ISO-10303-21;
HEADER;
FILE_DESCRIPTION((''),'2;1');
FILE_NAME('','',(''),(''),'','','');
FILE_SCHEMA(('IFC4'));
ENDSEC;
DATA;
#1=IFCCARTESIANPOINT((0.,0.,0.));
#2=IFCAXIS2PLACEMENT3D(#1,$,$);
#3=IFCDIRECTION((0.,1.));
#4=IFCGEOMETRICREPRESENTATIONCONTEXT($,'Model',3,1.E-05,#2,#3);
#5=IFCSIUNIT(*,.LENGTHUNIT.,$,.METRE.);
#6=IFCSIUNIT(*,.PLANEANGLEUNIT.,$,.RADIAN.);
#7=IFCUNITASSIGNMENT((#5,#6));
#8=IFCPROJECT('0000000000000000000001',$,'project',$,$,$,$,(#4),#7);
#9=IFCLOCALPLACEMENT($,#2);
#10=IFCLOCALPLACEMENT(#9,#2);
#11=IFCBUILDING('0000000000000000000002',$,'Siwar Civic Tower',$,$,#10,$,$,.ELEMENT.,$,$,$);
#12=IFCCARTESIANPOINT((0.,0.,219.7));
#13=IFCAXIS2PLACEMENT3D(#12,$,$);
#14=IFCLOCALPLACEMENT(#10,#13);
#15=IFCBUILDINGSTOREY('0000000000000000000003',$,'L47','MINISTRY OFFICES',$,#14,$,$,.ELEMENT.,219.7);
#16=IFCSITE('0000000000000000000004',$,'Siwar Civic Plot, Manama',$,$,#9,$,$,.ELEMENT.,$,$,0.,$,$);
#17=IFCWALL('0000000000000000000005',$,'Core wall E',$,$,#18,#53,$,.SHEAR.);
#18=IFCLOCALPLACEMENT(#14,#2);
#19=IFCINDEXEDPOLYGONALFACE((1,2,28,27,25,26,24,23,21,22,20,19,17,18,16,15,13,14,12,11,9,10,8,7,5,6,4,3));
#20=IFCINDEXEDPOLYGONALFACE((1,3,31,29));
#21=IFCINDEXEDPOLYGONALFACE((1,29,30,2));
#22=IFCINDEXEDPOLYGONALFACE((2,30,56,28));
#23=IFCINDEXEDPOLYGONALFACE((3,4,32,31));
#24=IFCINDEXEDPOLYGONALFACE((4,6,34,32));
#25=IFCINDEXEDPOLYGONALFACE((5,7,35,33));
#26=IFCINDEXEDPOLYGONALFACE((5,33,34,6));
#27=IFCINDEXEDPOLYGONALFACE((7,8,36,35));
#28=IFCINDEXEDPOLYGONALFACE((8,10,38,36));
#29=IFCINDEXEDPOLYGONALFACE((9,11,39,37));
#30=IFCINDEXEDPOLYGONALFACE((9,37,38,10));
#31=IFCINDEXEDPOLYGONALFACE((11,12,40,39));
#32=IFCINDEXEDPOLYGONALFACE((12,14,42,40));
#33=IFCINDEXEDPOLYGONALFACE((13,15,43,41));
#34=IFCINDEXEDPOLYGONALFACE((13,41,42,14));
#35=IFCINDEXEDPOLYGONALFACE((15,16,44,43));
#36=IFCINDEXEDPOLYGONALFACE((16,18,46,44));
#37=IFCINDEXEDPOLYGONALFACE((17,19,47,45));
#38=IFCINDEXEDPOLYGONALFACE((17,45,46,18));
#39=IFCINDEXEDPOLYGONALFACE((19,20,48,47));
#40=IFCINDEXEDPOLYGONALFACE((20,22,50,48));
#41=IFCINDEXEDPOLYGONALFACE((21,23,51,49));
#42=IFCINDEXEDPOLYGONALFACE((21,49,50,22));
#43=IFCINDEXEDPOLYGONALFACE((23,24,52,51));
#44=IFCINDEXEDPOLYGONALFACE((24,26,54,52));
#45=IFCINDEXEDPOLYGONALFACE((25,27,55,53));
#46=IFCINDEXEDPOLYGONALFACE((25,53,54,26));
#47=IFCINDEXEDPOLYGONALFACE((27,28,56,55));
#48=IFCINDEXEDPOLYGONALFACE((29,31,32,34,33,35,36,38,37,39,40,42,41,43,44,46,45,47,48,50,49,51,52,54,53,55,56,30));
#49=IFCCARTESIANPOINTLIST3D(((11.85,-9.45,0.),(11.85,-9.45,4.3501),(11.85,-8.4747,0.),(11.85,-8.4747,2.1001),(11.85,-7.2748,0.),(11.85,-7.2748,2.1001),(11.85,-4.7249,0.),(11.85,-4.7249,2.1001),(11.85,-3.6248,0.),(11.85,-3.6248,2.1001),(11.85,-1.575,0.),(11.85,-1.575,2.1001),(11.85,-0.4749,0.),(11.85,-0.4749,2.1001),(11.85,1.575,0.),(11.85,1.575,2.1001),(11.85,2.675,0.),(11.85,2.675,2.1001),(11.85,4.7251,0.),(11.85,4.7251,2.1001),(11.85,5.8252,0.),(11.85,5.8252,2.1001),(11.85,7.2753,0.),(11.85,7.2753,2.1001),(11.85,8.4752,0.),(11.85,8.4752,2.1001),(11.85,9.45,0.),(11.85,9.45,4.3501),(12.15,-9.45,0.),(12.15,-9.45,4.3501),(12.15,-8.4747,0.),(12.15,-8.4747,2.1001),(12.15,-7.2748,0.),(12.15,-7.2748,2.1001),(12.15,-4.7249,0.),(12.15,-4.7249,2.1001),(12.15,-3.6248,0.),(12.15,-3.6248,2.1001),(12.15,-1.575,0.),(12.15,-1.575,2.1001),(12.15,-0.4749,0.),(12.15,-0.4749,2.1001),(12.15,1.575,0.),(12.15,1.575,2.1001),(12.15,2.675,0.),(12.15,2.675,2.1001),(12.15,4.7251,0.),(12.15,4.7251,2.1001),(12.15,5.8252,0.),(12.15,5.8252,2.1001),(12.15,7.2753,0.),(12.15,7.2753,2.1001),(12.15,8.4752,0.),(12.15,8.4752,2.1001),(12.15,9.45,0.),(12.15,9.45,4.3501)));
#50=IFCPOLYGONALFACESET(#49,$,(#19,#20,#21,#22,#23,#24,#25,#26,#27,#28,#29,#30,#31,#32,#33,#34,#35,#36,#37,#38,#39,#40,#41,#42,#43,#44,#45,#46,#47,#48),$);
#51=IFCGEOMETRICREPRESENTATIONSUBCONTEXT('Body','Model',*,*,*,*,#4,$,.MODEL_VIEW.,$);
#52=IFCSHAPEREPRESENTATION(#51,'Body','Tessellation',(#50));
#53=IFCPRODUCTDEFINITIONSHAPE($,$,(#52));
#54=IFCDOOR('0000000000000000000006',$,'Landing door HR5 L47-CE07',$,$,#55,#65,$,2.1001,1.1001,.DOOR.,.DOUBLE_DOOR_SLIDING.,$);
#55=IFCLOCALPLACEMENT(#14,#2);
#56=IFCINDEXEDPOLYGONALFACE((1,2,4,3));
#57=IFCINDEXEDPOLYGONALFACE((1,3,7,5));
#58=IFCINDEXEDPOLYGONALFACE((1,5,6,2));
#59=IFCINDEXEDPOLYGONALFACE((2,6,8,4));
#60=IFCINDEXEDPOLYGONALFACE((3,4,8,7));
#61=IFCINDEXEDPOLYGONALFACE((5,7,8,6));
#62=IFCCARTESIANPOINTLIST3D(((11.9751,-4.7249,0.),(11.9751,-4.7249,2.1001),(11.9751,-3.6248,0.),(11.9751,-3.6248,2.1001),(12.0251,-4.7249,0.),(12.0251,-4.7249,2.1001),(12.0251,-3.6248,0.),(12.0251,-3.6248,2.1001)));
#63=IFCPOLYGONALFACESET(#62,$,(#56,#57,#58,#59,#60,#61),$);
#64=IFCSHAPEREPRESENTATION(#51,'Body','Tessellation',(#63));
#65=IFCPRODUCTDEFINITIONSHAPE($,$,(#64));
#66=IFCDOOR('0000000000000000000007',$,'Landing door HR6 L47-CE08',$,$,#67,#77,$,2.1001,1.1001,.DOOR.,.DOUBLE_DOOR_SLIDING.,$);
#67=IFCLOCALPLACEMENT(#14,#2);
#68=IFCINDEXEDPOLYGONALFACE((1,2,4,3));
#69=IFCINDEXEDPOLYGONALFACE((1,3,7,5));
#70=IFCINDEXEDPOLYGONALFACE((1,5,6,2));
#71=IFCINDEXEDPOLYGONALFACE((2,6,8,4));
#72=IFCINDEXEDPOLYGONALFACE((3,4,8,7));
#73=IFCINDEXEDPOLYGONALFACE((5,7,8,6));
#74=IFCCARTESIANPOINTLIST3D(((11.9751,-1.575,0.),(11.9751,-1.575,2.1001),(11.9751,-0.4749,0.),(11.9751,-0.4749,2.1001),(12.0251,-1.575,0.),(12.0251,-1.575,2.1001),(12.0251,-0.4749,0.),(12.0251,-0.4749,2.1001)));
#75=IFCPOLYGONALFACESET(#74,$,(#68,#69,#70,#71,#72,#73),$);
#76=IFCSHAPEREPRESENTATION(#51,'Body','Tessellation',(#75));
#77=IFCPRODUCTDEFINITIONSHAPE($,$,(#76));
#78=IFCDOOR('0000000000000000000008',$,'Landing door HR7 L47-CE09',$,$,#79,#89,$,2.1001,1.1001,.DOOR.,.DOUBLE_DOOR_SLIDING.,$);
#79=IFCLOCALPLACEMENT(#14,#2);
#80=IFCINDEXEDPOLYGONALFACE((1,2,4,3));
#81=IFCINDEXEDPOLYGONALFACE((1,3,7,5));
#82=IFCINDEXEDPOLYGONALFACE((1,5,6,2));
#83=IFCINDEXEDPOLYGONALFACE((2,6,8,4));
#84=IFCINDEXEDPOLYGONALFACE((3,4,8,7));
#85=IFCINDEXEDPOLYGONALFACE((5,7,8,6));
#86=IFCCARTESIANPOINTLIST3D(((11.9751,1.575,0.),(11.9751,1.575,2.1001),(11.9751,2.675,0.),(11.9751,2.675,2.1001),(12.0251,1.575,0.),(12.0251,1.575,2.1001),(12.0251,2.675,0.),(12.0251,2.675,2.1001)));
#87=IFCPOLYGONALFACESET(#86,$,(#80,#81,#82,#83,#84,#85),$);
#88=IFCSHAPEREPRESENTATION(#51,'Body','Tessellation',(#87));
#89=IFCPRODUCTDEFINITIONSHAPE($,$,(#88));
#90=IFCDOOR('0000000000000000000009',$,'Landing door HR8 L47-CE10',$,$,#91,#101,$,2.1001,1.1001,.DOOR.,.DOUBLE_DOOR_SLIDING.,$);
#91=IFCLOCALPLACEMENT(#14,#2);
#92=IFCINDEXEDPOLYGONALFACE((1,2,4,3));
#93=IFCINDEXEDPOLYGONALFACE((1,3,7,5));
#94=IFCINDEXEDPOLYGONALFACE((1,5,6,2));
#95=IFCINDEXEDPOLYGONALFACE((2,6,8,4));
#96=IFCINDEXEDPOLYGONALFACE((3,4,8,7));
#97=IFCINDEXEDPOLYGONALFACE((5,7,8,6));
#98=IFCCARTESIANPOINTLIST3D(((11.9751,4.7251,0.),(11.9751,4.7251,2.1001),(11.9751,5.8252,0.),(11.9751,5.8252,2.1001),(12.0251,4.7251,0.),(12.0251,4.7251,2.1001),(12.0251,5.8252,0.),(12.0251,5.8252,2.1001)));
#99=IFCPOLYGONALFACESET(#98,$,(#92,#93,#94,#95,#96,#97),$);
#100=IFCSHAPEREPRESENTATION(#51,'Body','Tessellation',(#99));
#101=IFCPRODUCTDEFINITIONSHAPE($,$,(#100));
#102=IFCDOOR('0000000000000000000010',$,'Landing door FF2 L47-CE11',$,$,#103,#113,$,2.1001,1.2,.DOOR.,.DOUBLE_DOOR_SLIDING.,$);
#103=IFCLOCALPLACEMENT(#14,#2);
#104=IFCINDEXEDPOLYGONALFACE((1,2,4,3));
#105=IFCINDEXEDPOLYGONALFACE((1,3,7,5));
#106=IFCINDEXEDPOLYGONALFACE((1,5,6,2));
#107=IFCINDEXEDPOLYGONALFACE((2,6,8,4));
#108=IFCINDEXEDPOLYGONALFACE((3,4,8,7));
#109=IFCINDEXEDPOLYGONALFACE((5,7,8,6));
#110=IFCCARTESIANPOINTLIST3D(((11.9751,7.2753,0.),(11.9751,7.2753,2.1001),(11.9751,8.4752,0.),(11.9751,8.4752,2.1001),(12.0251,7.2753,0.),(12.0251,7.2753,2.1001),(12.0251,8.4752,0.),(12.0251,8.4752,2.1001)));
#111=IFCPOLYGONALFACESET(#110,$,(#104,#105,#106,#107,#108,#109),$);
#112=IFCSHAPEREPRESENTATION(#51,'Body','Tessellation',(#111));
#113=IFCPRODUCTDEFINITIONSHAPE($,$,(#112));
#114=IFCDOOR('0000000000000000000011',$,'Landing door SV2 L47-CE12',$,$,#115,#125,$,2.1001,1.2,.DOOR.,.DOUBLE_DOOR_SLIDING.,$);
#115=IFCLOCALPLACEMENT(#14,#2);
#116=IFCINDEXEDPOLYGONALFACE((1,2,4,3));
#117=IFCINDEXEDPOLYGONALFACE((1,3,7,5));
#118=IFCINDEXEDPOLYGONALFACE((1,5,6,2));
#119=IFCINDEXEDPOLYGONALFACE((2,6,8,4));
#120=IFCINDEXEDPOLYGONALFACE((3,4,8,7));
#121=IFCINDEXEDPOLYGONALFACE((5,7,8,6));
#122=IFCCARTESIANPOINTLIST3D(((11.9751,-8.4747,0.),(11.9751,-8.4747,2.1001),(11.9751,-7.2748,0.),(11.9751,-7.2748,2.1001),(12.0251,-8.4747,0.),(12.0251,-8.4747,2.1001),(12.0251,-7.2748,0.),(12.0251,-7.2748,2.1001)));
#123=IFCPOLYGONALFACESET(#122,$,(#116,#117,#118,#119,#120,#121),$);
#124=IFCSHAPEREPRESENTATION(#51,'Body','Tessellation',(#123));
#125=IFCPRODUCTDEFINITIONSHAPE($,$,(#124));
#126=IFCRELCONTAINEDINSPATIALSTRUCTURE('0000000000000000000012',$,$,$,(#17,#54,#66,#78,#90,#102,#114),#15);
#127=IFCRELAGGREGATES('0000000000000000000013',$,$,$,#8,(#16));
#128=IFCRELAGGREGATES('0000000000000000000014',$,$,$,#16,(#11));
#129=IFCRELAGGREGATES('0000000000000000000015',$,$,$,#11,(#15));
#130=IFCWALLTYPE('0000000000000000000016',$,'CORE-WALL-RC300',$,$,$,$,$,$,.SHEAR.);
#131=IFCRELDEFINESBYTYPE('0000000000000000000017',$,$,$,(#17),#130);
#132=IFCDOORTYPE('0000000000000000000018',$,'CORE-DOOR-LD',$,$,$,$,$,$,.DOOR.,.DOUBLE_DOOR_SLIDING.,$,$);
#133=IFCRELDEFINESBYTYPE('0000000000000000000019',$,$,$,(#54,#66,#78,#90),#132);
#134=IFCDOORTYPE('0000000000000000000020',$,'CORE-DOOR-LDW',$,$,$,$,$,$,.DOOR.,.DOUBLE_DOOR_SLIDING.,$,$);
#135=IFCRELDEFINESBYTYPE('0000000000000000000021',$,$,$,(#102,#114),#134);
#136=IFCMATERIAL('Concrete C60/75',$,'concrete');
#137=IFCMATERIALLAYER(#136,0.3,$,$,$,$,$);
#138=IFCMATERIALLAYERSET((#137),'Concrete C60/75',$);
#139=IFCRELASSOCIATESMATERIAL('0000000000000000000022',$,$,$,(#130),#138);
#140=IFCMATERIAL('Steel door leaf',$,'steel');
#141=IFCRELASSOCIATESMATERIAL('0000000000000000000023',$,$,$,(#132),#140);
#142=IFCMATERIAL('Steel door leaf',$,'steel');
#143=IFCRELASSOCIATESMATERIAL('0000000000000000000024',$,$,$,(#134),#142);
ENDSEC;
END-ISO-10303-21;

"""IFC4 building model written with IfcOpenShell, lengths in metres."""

from ifc_helpers import new_model, si_unit, direction, frame, frame_2d, origin, place, context, subcontext, project, spatial, rectangle, extrude, material, layer, layer_set, type_object, element, fill, save


model = new_model("IFC4")

# Units and contexts
model_context = context("Model", 3, precision=1e-05, world=origin(), true_north=direction((0.0, 1.0)))
body_context = subcontext(model_context, "Body", "Model", "MODEL_VIEW")
ifc_project = project(units=[si_unit("LENGTHUNIT", "METRE"), si_unit("PLANEANGLEUNIT", "RADIAN")], contexts=[model_context])

# Site, building, storey
site_placement = place(None, origin())
site = spatial("IfcSite", under=ifc_project, at=site_placement, Name="Siwar Civic Plot, Manama", CompositionType="ELEMENT", RefElevation=0.0)
building_placement = place(site_placement, origin())
building = spatial("IfcBuilding", under=site, at=building_placement, Name="Siwar Civic Tower", CompositionType="ELEMENT")
storey_placement = place(building_placement, frame((0.0, 0.0, 219.7)))
storey = spatial("IfcBuildingStorey", under=building, at=storey_placement, Name="L47", Description="MINISTRY OFFICES", CompositionType="ELEMENT", Elevation=219.7)

# Wall, openings, doors
ifc_material_1 = material(Name="Concrete C60/75", Category="concrete")
ifc_layer_1 = layer(ifc_material_1, 0.3)
ifc_layer_set_1 = layer_set([ifc_layer_1], Name="Concrete C60/75")
wall_type_1 = type_object("IfcWallType", Name="CORE-WALL-RC300", PredefinedType="SHEAR", material=ifc_layer_set_1)
wall_1_placement = place(storey_placement, frame((12.0, -9.45, 0.0), z_axis=(0.0, 0.0, 1.0), x_axis=(0.0, 1.0, 0.0)))
wall_1 = element("IfcWall", 1, at=wall_1_placement, inside=storey, type_object=wall_type_1, Name="Core wall E", PredefinedType="SHEAR", context=body_context, shape_type="SweptSolid", body=[
    extrude(rectangle(XDim=18.8999, YDim=0.3, at=frame_2d((9.45, 0.0))), origin(), (0.0, 0.0, 1.0), 4.3501),
])
opening_1_placement = place(wall_1_placement, frame((4.7251, 0.0, 0.0)))
opening_1 = element("IfcOpeningElement", 2, at=opening_1_placement, cuts=wall_1, PredefinedType="OPENING", context=body_context, shape_type="SweptSolid", body=[
    extrude(rectangle(XDim=1.1001, YDim=2.1001, at=frame_2d((0.55, 1.05))), frame((0.0, 0.1602, 0.0), z_axis=(0.0, -1.0, 0.0), x_axis=(1.0, 0.0, 0.0)), (0.0, 0.0, 1.0), 0.3201),
])
opening_2_placement = place(wall_1_placement, frame((7.875, 0.0, 0.0)))
opening_2 = element("IfcOpeningElement", 3, at=opening_2_placement, cuts=wall_1, PredefinedType="OPENING", context=body_context, shape_type="SweptSolid", body=[
    extrude(rectangle(XDim=1.1001, YDim=2.1001, at=frame_2d((0.55, 1.05))), frame((0.0, 0.1602, 0.0), z_axis=(0.0, -1.0, 0.0), x_axis=(1.0, 0.0, 0.0)), (0.0, 0.0, 1.0), 0.3201),
])
opening_3_placement = place(wall_1_placement, frame((11.0249, 0.0, 0.0)))
opening_3 = element("IfcOpeningElement", 4, at=opening_3_placement, cuts=wall_1, PredefinedType="OPENING", context=body_context, shape_type="SweptSolid", body=[
    extrude(rectangle(XDim=1.1001, YDim=2.1001, at=frame_2d((0.55, 1.05))), frame((0.0, 0.1602, 0.0), z_axis=(0.0, -1.0, 0.0), x_axis=(1.0, 0.0, 0.0)), (0.0, 0.0, 1.0), 0.3201),
])
opening_4_placement = place(wall_1_placement, frame((14.175, 0.0, 0.0)))
opening_4 = element("IfcOpeningElement", 5, at=opening_4_placement, cuts=wall_1, PredefinedType="OPENING", context=body_context, shape_type="SweptSolid", body=[
    extrude(rectangle(XDim=1.1001, YDim=2.1001, at=frame_2d((0.55, 1.05))), frame((0.0, 0.1602, 0.0), z_axis=(0.0, -1.0, 0.0), x_axis=(1.0, 0.0, 0.0)), (0.0, 0.0, 1.0), 0.3201),
])
opening_5_placement = place(wall_1_placement, frame((16.7251, 0.0, 0.0)))
opening_5 = element("IfcOpeningElement", 6, at=opening_5_placement, cuts=wall_1, PredefinedType="OPENING", context=body_context, shape_type="SweptSolid", body=[
    extrude(rectangle(XDim=1.2, YDim=2.1001, at=frame_2d((0.6001, 1.05))), frame((0.0, 0.1602, 0.0), z_axis=(0.0, -1.0, 0.0), x_axis=(1.0, 0.0, 0.0)), (0.0, 0.0, 1.0), 0.3201),
])
opening_6_placement = place(wall_1_placement, frame((0.9751, 0.0, 0.0)))
opening_6 = element("IfcOpeningElement", 7, at=opening_6_placement, cuts=wall_1, PredefinedType="OPENING", context=body_context, shape_type="SweptSolid", body=[
    extrude(rectangle(XDim=1.2, YDim=2.1001, at=frame_2d((0.6001, 1.05))), frame((0.0, 0.1602, 0.0), z_axis=(0.0, -1.0, 0.0), x_axis=(1.0, 0.0, 0.0)), (0.0, 0.0, 1.0), 0.3201),
])
ifc_material_2 = material(Name="Steel door leaf", Category="steel")
door_type_1 = type_object("IfcDoorType", Name="CORE-DOOR-LD", OperationType="DOUBLE_DOOR_SLIDING", PredefinedType="DOOR", material=ifc_material_2)
door_1_placement = place(opening_1_placement, origin())
door_1 = element("IfcDoor", 8, at=door_1_placement, inside=storey, type_object=door_type_1, Name="Landing door HR5 L47-CE07", OperationType="DOUBLE_DOOR_SLIDING", OverallHeight=2.1001, OverallWidth=1.1001, PredefinedType="DOOR", context=body_context, shape_type="SweptSolid", body=[
    extrude(rectangle(XDim=1.1001, YDim=2.1001, at=frame_2d((0.55, 1.05))), frame((0.0, 0.0249, 0.0), z_axis=(0.0, -1.0, 0.0), x_axis=(1.0, 0.0, 0.0)), (0.0, 0.0, 1.0), 0.05),
])
fill(opening_1, door_1)
door_2_placement = place(opening_2_placement, origin())
door_2 = element("IfcDoor", 9, at=door_2_placement, inside=storey, type_object=door_type_1, Name="Landing door HR6 L47-CE08", OperationType="DOUBLE_DOOR_SLIDING", OverallHeight=2.1001, OverallWidth=1.1001, PredefinedType="DOOR", context=body_context, shape_type="SweptSolid", body=[
    extrude(rectangle(XDim=1.1001, YDim=2.1001, at=frame_2d((0.55, 1.05))), frame((0.0, 0.0249, 0.0), z_axis=(0.0, -1.0, 0.0), x_axis=(1.0, 0.0, 0.0)), (0.0, 0.0, 1.0), 0.05),
])
fill(opening_2, door_2)
door_3_placement = place(opening_3_placement, origin())
door_3 = element("IfcDoor", 10, at=door_3_placement, inside=storey, type_object=door_type_1, Name="Landing door HR7 L47-CE09", OperationType="DOUBLE_DOOR_SLIDING", OverallHeight=2.1001, OverallWidth=1.1001, PredefinedType="DOOR", context=body_context, shape_type="SweptSolid", body=[
    extrude(rectangle(XDim=1.1001, YDim=2.1001, at=frame_2d((0.55, 1.05))), frame((0.0, 0.0249, 0.0), z_axis=(0.0, -1.0, 0.0), x_axis=(1.0, 0.0, 0.0)), (0.0, 0.0, 1.0), 0.05),
])
fill(opening_3, door_3)
door_4_placement = place(opening_4_placement, origin())
door_4 = element("IfcDoor", 11, at=door_4_placement, inside=storey, type_object=door_type_1, Name="Landing door HR8 L47-CE10", OperationType="DOUBLE_DOOR_SLIDING", OverallHeight=2.1001, OverallWidth=1.1001, PredefinedType="DOOR", context=body_context, shape_type="SweptSolid", body=[
    extrude(rectangle(XDim=1.1001, YDim=2.1001, at=frame_2d((0.55, 1.05))), frame((0.0, 0.0249, 0.0), z_axis=(0.0, -1.0, 0.0), x_axis=(1.0, 0.0, 0.0)), (0.0, 0.0, 1.0), 0.05),
])
fill(opening_4, door_4)
ifc_material_3 = material(Name="Steel door leaf", Category="steel")
door_type_2 = type_object("IfcDoorType", Name="CORE-DOOR-LDW", OperationType="DOUBLE_DOOR_SLIDING", PredefinedType="DOOR", material=ifc_material_3)
door_5_placement = place(opening_5_placement, origin())
door_5 = element("IfcDoor", 12, at=door_5_placement, inside=storey, type_object=door_type_2, Name="Landing door FF2 L47-CE11", OperationType="DOUBLE_DOOR_SLIDING", OverallHeight=2.1001, OverallWidth=1.2, PredefinedType="DOOR", context=body_context, shape_type="SweptSolid", body=[
    extrude(rectangle(XDim=1.2, YDim=2.1001, at=frame_2d((0.6001, 1.05))), frame((0.0, 0.0249, 0.0), z_axis=(0.0, -1.0, 0.0), x_axis=(1.0, 0.0, 0.0)), (0.0, 0.0, 1.0), 0.05),
])
fill(opening_5, door_5)
door_6_placement = place(opening_6_placement, origin())
door_6 = element("IfcDoor", 13, at=door_6_placement, inside=storey, type_object=door_type_2, Name="Landing door SV2 L47-CE12", OperationType="DOUBLE_DOOR_SLIDING", OverallHeight=2.1001, OverallWidth=1.2, PredefinedType="DOOR", context=body_context, shape_type="SweptSolid", body=[
    extrude(rectangle(XDim=1.2, YDim=2.1001, at=frame_2d((0.6001, 1.05))), frame((0.0, 0.0249, 0.0), z_axis=(0.0, -1.0, 0.0), x_axis=(1.0, 0.0, 0.0)), (0.0, 0.0, 1.0), 0.05),
])
fill(opening_6, door_6)

save(model, "model.ifc")
